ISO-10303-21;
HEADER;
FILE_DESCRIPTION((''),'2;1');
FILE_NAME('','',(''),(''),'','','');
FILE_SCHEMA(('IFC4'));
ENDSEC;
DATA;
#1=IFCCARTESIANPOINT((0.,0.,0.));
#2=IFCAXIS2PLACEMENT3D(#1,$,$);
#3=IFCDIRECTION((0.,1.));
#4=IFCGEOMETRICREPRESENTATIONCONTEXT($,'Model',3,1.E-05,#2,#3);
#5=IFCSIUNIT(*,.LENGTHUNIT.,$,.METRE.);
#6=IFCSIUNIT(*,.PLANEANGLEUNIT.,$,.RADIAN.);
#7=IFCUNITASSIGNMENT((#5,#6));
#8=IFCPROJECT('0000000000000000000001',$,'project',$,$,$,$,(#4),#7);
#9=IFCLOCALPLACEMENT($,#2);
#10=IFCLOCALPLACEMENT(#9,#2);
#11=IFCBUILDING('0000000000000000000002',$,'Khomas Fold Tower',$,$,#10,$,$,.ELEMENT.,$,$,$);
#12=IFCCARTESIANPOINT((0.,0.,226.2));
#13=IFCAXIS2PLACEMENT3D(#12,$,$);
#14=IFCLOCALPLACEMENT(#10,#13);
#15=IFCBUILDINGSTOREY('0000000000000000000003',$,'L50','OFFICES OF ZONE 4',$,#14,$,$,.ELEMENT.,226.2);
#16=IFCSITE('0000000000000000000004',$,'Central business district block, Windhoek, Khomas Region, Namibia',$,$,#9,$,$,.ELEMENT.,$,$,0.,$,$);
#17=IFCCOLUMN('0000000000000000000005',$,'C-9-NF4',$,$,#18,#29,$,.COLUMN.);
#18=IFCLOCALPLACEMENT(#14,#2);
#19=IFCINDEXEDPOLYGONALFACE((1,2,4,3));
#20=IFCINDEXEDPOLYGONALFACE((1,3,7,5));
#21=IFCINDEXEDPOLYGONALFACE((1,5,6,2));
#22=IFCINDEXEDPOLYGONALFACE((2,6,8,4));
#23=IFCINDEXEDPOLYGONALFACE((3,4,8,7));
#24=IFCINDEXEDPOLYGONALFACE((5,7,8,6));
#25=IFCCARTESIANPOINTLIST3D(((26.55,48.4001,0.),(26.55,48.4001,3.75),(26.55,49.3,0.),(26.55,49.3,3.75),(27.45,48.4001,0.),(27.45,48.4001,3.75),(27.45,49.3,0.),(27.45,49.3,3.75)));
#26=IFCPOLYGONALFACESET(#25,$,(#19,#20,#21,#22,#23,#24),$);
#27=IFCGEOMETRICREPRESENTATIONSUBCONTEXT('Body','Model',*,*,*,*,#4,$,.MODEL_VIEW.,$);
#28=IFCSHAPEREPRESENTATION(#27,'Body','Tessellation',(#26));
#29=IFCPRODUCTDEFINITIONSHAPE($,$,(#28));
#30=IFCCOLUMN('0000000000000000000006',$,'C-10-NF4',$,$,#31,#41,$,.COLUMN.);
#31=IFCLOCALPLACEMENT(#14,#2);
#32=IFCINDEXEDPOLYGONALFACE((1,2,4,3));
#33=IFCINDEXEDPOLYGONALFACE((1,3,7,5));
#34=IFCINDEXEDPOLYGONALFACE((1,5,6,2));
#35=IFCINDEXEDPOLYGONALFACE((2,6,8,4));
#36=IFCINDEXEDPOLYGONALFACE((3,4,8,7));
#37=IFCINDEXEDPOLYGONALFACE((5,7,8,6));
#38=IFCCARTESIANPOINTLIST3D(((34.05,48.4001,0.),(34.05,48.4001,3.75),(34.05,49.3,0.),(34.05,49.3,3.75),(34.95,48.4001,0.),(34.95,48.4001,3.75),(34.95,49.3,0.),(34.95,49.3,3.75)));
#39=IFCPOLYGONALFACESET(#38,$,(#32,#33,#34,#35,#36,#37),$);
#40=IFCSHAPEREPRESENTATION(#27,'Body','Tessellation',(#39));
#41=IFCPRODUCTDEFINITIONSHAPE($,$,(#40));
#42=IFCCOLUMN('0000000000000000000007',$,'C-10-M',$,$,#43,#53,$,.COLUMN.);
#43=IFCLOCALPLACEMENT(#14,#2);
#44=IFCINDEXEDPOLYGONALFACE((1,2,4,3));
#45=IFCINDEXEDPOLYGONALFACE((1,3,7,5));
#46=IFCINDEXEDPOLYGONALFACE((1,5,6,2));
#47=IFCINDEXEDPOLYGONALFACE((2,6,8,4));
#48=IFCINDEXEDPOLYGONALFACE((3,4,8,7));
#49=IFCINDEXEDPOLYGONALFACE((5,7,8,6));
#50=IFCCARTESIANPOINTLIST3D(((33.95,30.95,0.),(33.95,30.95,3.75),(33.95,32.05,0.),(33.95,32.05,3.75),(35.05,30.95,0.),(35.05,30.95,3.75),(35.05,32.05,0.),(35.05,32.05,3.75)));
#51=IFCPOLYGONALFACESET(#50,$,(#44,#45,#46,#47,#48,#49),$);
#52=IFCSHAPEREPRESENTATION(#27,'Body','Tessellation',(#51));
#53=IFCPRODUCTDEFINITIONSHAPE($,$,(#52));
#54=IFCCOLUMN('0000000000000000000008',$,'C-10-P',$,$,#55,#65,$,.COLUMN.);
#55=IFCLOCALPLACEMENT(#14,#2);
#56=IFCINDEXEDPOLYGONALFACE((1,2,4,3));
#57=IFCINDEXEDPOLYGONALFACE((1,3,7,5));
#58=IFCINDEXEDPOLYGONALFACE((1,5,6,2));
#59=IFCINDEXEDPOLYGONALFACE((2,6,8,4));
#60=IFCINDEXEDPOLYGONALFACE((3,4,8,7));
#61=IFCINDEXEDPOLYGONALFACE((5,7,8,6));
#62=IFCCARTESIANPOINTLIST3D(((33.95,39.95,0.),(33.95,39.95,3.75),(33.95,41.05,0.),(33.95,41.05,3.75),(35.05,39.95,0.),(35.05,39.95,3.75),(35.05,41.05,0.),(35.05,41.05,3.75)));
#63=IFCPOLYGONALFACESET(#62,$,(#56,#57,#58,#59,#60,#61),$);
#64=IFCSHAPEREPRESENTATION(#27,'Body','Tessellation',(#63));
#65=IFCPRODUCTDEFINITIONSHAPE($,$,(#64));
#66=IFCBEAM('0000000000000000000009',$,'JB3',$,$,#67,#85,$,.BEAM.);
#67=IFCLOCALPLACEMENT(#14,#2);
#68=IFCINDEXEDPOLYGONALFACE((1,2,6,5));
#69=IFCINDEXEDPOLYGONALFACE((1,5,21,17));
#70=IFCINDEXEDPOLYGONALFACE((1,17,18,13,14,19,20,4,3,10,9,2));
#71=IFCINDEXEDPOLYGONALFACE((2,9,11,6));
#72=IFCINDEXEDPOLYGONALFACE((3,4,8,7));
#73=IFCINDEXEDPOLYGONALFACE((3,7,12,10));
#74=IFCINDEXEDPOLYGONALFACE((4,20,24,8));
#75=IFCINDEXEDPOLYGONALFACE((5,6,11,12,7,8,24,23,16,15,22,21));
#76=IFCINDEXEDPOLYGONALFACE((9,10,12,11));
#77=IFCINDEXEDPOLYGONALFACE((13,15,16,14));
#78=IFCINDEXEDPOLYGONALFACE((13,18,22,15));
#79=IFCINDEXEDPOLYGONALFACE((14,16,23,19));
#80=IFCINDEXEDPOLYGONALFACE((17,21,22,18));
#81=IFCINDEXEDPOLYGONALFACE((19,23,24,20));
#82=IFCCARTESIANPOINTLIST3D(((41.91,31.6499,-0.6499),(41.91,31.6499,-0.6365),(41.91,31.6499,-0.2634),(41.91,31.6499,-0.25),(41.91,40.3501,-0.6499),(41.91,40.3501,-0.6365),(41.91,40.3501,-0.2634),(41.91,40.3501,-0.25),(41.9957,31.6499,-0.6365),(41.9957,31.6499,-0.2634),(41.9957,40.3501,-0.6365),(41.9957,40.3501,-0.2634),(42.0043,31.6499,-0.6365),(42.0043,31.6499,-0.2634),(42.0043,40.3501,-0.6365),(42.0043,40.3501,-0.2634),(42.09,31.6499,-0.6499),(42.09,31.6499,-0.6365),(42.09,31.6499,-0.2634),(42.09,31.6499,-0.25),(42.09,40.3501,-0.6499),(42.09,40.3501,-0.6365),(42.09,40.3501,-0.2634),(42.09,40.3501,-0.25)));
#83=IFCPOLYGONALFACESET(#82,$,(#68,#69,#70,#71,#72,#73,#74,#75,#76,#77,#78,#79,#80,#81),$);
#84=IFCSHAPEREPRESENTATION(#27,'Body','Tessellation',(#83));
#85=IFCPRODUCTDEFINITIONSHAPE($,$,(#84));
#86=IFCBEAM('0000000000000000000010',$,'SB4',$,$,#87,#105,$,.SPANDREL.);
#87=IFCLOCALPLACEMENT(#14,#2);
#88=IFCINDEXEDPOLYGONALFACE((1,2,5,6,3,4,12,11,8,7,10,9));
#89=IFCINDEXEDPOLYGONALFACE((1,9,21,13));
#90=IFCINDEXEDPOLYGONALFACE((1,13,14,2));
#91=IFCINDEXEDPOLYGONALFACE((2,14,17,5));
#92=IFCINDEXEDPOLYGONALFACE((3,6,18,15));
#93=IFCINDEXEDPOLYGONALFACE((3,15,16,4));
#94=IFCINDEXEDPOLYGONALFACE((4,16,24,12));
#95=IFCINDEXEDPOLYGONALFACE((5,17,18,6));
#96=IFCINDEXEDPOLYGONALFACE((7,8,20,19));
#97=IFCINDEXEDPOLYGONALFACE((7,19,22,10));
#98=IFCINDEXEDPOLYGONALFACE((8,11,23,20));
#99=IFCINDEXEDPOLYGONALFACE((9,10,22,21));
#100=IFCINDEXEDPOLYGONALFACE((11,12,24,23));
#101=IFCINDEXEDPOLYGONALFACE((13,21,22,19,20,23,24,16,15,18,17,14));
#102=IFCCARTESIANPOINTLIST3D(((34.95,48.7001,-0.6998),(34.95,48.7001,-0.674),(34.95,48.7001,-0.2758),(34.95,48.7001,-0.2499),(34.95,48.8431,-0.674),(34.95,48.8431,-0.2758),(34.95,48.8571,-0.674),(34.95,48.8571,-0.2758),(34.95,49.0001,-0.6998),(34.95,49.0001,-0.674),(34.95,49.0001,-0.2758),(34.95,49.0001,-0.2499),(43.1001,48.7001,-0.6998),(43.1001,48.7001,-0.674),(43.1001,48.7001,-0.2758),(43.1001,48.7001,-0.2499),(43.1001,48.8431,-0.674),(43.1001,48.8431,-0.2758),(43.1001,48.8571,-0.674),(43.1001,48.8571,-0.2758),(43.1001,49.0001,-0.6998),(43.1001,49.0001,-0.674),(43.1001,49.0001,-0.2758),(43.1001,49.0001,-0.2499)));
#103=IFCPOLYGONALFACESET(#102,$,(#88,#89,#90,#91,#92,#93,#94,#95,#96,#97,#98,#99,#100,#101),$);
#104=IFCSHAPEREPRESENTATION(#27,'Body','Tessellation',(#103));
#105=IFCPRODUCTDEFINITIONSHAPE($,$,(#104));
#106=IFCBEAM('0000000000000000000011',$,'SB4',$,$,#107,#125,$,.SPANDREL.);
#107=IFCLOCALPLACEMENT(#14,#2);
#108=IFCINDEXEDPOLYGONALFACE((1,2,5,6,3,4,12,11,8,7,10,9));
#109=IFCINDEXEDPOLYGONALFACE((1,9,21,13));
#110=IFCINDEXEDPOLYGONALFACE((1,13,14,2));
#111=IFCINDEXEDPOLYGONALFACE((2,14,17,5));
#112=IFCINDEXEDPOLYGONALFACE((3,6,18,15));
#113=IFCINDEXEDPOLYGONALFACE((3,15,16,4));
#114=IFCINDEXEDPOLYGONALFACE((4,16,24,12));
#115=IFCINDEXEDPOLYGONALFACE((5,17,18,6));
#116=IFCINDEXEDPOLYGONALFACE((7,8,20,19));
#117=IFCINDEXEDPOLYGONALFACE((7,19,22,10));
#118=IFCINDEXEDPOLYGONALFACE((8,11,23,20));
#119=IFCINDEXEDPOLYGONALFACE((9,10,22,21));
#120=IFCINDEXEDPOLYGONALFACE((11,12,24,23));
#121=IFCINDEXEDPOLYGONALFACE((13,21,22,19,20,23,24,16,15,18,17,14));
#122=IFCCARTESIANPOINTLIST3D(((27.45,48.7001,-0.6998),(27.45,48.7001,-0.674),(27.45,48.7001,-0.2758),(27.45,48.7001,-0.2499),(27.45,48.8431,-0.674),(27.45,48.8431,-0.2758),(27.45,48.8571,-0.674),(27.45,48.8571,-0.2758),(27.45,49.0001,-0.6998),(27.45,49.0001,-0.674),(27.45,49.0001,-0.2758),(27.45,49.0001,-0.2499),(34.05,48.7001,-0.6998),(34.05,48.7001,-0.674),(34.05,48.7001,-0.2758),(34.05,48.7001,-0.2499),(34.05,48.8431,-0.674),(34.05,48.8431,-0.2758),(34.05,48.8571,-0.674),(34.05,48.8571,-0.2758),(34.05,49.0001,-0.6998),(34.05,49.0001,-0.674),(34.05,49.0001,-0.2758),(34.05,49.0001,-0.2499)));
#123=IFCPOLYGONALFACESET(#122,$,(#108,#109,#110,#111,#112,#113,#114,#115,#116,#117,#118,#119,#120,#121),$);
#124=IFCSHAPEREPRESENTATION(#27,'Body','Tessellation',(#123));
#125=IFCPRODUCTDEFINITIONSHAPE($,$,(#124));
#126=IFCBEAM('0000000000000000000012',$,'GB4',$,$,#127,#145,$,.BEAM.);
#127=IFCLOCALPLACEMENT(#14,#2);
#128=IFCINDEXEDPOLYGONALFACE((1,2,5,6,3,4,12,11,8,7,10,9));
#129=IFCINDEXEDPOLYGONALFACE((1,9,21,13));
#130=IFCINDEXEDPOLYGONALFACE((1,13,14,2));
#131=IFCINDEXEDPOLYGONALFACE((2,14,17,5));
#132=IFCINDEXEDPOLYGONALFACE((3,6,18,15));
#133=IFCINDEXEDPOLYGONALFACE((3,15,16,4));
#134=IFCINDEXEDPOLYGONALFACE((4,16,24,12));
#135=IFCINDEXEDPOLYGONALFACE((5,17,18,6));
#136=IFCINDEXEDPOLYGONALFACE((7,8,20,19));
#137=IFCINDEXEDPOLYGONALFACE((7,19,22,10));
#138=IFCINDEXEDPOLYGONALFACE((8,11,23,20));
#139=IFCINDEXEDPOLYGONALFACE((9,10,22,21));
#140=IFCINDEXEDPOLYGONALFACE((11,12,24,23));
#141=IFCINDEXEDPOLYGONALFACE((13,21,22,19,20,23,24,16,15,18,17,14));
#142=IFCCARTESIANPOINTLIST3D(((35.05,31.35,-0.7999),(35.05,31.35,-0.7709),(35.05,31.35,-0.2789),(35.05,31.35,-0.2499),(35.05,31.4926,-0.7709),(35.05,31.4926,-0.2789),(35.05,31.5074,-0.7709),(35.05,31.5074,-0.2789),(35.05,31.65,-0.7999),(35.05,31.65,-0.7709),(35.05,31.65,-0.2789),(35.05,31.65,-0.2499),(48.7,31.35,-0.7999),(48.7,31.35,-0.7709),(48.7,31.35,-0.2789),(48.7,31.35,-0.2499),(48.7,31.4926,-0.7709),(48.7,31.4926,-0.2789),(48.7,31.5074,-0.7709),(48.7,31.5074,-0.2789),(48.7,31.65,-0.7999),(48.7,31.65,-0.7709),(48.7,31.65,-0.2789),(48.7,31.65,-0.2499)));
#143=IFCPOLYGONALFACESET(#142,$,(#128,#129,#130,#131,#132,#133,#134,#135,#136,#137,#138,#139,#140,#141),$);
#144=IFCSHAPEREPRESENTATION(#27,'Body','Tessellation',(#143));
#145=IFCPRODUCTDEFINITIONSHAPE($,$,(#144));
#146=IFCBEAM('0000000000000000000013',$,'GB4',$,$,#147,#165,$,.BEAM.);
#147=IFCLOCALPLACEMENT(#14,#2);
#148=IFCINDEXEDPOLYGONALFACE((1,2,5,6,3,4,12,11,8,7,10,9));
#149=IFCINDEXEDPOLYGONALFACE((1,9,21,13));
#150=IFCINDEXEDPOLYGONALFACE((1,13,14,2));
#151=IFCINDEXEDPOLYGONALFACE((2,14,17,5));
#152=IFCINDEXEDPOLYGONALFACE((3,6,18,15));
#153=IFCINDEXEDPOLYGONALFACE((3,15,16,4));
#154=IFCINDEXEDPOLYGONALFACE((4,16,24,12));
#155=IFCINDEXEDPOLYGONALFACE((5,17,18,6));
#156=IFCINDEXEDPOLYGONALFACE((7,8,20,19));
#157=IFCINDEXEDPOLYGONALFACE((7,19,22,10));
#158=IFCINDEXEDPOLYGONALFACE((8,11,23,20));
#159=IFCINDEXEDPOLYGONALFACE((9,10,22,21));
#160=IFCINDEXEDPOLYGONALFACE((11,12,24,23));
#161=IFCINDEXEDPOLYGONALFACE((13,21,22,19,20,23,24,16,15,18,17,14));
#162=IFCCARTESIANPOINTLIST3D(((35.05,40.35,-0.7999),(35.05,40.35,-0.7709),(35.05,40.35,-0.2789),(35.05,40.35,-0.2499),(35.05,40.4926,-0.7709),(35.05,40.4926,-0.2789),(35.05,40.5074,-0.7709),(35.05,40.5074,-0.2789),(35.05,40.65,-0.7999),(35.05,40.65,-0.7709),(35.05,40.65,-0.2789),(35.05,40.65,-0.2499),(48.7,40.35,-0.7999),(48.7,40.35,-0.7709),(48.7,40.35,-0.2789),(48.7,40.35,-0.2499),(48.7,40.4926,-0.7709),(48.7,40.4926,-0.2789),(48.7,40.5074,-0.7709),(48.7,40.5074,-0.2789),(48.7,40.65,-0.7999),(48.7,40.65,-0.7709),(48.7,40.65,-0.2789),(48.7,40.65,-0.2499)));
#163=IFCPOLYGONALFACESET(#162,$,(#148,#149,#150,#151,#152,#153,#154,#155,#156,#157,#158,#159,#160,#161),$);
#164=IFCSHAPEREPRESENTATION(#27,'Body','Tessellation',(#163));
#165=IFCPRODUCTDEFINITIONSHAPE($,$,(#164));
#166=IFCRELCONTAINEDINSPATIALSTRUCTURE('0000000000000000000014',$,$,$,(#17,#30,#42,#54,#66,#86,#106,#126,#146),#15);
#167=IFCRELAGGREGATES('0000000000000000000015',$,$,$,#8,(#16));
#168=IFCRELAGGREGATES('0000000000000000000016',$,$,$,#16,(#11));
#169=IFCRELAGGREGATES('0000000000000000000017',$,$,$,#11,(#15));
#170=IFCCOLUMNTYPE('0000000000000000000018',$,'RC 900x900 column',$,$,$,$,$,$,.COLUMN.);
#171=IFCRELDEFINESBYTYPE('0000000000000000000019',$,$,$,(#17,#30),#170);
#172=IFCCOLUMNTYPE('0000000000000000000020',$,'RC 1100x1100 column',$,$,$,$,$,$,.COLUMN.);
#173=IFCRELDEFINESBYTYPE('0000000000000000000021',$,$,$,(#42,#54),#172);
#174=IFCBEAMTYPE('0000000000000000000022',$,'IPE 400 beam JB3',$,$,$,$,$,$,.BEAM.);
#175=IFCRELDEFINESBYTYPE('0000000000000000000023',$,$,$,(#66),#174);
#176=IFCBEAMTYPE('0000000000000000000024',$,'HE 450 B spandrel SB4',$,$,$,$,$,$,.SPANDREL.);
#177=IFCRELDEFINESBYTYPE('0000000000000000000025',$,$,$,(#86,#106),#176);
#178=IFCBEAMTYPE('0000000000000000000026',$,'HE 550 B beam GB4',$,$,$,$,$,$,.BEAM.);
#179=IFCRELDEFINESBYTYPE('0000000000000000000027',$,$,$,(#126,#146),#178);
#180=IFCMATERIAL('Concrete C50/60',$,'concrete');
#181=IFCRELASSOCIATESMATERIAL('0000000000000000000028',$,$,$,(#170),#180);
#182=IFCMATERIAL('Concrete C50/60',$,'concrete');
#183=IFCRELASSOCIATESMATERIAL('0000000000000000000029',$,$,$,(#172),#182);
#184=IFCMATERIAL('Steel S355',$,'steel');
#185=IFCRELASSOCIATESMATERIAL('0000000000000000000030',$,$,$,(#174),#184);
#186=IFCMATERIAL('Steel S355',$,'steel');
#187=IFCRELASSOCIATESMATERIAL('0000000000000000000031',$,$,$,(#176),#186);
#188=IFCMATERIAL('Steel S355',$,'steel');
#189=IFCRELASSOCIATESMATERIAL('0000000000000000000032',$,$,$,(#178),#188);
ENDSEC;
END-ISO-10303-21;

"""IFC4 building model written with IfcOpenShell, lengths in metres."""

from ifc_helpers import new_model, si_unit, direction, frame, origin, origin_2d, place, context, subcontext, project, spatial, rectangle, i_section, extrude, source, transform, mapped, material, material_profile, profile_set, type_object, element, save


model = new_model("IFC4")

# Units and contexts
model_context = context("Model", 3, precision=1e-05, world=origin(), true_north=direction((0.0, 1.0)))
body_context = subcontext(model_context, "Body", "Model", "MODEL_VIEW")
ifc_project = project(units=[si_unit("LENGTHUNIT", "METRE"), si_unit("PLANEANGLEUNIT", "RADIAN")], contexts=[model_context])

# Site, building, storey
site_placement = place(None, origin())
site = spatial("IfcSite", under=ifc_project, at=site_placement, Name="Central business district block, Windhoek, Khomas Region, Namibia", CompositionType="ELEMENT", RefElevation=0.0)
building_placement = place(site_placement, origin())
building = spatial("IfcBuilding", under=site, at=building_placement, Name="Khomas Fold Tower", CompositionType="ELEMENT")
storey_placement = place(building_placement, frame((0.0, 0.0, 226.2)))
storey = spatial("IfcBuildingStorey", under=building, at=storey_placement, Name="L50", Description="OFFICES OF ZONE 4", CompositionType="ELEMENT", Elevation=226.2)

# Columns
ifc_material_1 = material(Name="Concrete C50/60", Category="concrete")
ifc_material_profile_1 = material_profile(ifc_material_1, rectangle(XDim=0.8999, YDim=0.8999, at=origin_2d()), Name="RC 900x900")
ifc_profile_set_1 = profile_set([ifc_material_profile_1], Name="Concrete C50/60")
column_type_1 = type_object("IfcColumnType", Name="RC 900x900 column", PredefinedType="COLUMN", material=ifc_profile_set_1)
shared_shape_1 = source(origin(), body_context, "Body", "SweptSolid", [
    extrude(rectangle(XDim=0.8999, YDim=0.8999, at=origin_2d()), origin(), (0.0, 0.0, 1.0), 3.75),
])
for number, where, z_axis, x_axis, name in (
    (1, (27.0, 48.8501, 0.0), (0.0, 0.0, 1.0), (1.0, 0.0, 0.0), "C-9-NF4"),
    (2, (34.5, 48.8501, 0.0), (0.0, 0.0, 1.0), (1.0, 0.0, 0.0), "C-10-NF4"),
):
    element("IfcColumn", number, at=place(storey_placement, frame(where, z_axis=z_axis, x_axis=x_axis)), inside=storey, type_object=column_type_1, Name=name, PredefinedType="COLUMN", context=body_context, shape_type="MappedRepresentation", body=[
        mapped(shared_shape_1, transform((0.0, 0.0, 0.0))),
    ])
ifc_material_2 = material(Name="Concrete C50/60", Category="concrete")
ifc_material_profile_2 = material_profile(ifc_material_2, rectangle(XDim=1.1001, YDim=1.1001, at=origin_2d()), Name="RC 1100x1100")
ifc_profile_set_2 = profile_set([ifc_material_profile_2], Name="Concrete C50/60")
column_type_2 = type_object("IfcColumnType", Name="RC 1100x1100 column", PredefinedType="COLUMN", material=ifc_profile_set_2)
shared_shape_2 = source(origin(), body_context, "Body", "SweptSolid", [
    extrude(rectangle(XDim=1.1001, YDim=1.1001, at=origin_2d()), origin(), (0.0, 0.0, 1.0), 3.75),
])
for number, where, z_axis, x_axis, name in (
    (3, (34.5, 31.5, 0.0), (0.0, 0.0, 1.0), (1.0, 0.0, 0.0), "C-10-M"),
    (4, (34.5, 40.5, 0.0), (0.0, 0.0, 1.0), (1.0, 0.0, 0.0), "C-10-P"),
):
    element("IfcColumn", number, at=place(storey_placement, frame(where, z_axis=z_axis, x_axis=x_axis)), inside=storey, type_object=column_type_2, Name=name, PredefinedType="COLUMN", context=body_context, shape_type="MappedRepresentation", body=[
        mapped(shared_shape_2, transform((0.0, 0.0, 0.0))),
    ])

# Beams
ifc_material_3 = material(Name="Steel S355", Category="steel")
ifc_material_profile_3 = material_profile(ifc_material_3, i_section(OverallWidth=0.1799, OverallDepth=0.3999, WebThickness=0.0085, FlangeThickness=0.0134, at=origin_2d()), Name="IPE 400")
ifc_profile_set_3 = profile_set([ifc_material_profile_3], Name="Steel S355")
beam_type_1 = type_object("IfcBeamType", Name="IPE 400 beam JB3", PredefinedType="BEAM", material=ifc_profile_set_3)
shared_shape_3 = source(origin(), body_context, "Body", "SweptSolid", [
    extrude(i_section(OverallWidth=0.1799, OverallDepth=0.3999, WebThickness=0.0085, FlangeThickness=0.0134, at=origin_2d()), origin(), (0.0, 0.0, 1.0), 8.7002),
])
beam_1_placement = place(storey_placement, frame((42.0, 31.6499, -0.45), z_axis=(0.0, 1.0, 0.0), x_axis=(-1.0, 0.0, 0.0)))
element("IfcBeam", 5, at=beam_1_placement, inside=storey, type_object=beam_type_1, Name="JB3", PredefinedType="BEAM", context=body_context, shape_type="MappedRepresentation", body=[
    mapped(shared_shape_3, transform((0.0, 0.0, 0.0))),
])
ifc_material_4 = material(Name="Steel S355", Category="steel")
ifc_material_profile_4 = material_profile(ifc_material_4, i_section(OverallWidth=0.3, OverallDepth=0.45, WebThickness=0.0139, FlangeThickness=0.0259, at=origin_2d()), Name="HE 450 B")
ifc_profile_set_4 = profile_set([ifc_material_profile_4], Name="Steel S355")
beam_type_2 = type_object("IfcBeamType", Name="HE 450 B spandrel SB4", PredefinedType="SPANDREL", material=ifc_profile_set_4)
shared_shape_4 = source(origin(), body_context, "Body", "SweptSolid", [
    extrude(i_section(OverallWidth=0.3, OverallDepth=0.45, WebThickness=0.0139, FlangeThickness=0.0259, at=origin_2d()), origin(), (0.0, 0.0, 1.0), 8.1501),
])
beam_2_placement = place(storey_placement, frame((34.95, 48.8501, -0.4749), z_axis=(1.0, 0.0, 0.0), x_axis=(0.0, 1.0, 0.0)))
element("IfcBeam", 6, at=beam_2_placement, inside=storey, type_object=beam_type_2, Name="SB4", PredefinedType="SPANDREL", context=body_context, shape_type="MappedRepresentation", body=[
    mapped(shared_shape_4, transform((0.0, 0.0, 0.0))),
])
shared_shape_5 = source(origin(), body_context, "Body", "SweptSolid", [
    extrude(i_section(OverallWidth=0.3, OverallDepth=0.45, WebThickness=0.0139, FlangeThickness=0.0259, at=origin_2d()), origin(), (0.0, 0.0, 1.0), 6.6001),
])
beam_3_placement = place(storey_placement, frame((27.45, 48.8501, -0.4749), z_axis=(1.0, 0.0, 0.0), x_axis=(0.0, 1.0, 0.0)))
element("IfcBeam", 7, at=beam_3_placement, inside=storey, type_object=beam_type_2, Name="SB4", PredefinedType="SPANDREL", context=body_context, shape_type="MappedRepresentation", body=[
    mapped(shared_shape_5, transform((0.0, 0.0, 0.0))),
])
ifc_material_5 = material(Name="Steel S355", Category="steel")
ifc_material_profile_5 = material_profile(ifc_material_5, i_section(OverallWidth=0.3, OverallDepth=0.55, WebThickness=0.0149, FlangeThickness=0.0291, at=origin_2d()), Name="HE 550 B")
ifc_profile_set_5 = profile_set([ifc_material_profile_5], Name="Steel S355")
beam_type_3 = type_object("IfcBeamType", Name="HE 550 B beam GB4", PredefinedType="BEAM", material=ifc_profile_set_5)
shared_shape_6 = source(origin(), body_context, "Body", "SweptSolid", [
    extrude(i_section(OverallWidth=0.3, OverallDepth=0.55, WebThickness=0.0149, FlangeThickness=0.0291, at=origin_2d()), origin(), (0.0, 0.0, 1.0), 13.6499),
])
for number, where, z_axis, x_axis, name in (
    (8, (35.05, 31.5, -0.5249), (1.0, 0.0, 0.0), (0.0, 1.0, 0.0), "GB4"),
    (9, (35.05, 40.5, -0.5249), (1.0, 0.0, 0.0), (0.0, 1.0, 0.0), "GB4"),
):
    element("IfcBeam", number, at=place(storey_placement, frame(where, z_axis=z_axis, x_axis=x_axis)), inside=storey, type_object=beam_type_3, Name=name, PredefinedType="BEAM", context=body_context, shape_type="MappedRepresentation", body=[
        mapped(shared_shape_6, transform((0.0, 0.0, 0.0))),
    ])

save(model, "model.ifc")
